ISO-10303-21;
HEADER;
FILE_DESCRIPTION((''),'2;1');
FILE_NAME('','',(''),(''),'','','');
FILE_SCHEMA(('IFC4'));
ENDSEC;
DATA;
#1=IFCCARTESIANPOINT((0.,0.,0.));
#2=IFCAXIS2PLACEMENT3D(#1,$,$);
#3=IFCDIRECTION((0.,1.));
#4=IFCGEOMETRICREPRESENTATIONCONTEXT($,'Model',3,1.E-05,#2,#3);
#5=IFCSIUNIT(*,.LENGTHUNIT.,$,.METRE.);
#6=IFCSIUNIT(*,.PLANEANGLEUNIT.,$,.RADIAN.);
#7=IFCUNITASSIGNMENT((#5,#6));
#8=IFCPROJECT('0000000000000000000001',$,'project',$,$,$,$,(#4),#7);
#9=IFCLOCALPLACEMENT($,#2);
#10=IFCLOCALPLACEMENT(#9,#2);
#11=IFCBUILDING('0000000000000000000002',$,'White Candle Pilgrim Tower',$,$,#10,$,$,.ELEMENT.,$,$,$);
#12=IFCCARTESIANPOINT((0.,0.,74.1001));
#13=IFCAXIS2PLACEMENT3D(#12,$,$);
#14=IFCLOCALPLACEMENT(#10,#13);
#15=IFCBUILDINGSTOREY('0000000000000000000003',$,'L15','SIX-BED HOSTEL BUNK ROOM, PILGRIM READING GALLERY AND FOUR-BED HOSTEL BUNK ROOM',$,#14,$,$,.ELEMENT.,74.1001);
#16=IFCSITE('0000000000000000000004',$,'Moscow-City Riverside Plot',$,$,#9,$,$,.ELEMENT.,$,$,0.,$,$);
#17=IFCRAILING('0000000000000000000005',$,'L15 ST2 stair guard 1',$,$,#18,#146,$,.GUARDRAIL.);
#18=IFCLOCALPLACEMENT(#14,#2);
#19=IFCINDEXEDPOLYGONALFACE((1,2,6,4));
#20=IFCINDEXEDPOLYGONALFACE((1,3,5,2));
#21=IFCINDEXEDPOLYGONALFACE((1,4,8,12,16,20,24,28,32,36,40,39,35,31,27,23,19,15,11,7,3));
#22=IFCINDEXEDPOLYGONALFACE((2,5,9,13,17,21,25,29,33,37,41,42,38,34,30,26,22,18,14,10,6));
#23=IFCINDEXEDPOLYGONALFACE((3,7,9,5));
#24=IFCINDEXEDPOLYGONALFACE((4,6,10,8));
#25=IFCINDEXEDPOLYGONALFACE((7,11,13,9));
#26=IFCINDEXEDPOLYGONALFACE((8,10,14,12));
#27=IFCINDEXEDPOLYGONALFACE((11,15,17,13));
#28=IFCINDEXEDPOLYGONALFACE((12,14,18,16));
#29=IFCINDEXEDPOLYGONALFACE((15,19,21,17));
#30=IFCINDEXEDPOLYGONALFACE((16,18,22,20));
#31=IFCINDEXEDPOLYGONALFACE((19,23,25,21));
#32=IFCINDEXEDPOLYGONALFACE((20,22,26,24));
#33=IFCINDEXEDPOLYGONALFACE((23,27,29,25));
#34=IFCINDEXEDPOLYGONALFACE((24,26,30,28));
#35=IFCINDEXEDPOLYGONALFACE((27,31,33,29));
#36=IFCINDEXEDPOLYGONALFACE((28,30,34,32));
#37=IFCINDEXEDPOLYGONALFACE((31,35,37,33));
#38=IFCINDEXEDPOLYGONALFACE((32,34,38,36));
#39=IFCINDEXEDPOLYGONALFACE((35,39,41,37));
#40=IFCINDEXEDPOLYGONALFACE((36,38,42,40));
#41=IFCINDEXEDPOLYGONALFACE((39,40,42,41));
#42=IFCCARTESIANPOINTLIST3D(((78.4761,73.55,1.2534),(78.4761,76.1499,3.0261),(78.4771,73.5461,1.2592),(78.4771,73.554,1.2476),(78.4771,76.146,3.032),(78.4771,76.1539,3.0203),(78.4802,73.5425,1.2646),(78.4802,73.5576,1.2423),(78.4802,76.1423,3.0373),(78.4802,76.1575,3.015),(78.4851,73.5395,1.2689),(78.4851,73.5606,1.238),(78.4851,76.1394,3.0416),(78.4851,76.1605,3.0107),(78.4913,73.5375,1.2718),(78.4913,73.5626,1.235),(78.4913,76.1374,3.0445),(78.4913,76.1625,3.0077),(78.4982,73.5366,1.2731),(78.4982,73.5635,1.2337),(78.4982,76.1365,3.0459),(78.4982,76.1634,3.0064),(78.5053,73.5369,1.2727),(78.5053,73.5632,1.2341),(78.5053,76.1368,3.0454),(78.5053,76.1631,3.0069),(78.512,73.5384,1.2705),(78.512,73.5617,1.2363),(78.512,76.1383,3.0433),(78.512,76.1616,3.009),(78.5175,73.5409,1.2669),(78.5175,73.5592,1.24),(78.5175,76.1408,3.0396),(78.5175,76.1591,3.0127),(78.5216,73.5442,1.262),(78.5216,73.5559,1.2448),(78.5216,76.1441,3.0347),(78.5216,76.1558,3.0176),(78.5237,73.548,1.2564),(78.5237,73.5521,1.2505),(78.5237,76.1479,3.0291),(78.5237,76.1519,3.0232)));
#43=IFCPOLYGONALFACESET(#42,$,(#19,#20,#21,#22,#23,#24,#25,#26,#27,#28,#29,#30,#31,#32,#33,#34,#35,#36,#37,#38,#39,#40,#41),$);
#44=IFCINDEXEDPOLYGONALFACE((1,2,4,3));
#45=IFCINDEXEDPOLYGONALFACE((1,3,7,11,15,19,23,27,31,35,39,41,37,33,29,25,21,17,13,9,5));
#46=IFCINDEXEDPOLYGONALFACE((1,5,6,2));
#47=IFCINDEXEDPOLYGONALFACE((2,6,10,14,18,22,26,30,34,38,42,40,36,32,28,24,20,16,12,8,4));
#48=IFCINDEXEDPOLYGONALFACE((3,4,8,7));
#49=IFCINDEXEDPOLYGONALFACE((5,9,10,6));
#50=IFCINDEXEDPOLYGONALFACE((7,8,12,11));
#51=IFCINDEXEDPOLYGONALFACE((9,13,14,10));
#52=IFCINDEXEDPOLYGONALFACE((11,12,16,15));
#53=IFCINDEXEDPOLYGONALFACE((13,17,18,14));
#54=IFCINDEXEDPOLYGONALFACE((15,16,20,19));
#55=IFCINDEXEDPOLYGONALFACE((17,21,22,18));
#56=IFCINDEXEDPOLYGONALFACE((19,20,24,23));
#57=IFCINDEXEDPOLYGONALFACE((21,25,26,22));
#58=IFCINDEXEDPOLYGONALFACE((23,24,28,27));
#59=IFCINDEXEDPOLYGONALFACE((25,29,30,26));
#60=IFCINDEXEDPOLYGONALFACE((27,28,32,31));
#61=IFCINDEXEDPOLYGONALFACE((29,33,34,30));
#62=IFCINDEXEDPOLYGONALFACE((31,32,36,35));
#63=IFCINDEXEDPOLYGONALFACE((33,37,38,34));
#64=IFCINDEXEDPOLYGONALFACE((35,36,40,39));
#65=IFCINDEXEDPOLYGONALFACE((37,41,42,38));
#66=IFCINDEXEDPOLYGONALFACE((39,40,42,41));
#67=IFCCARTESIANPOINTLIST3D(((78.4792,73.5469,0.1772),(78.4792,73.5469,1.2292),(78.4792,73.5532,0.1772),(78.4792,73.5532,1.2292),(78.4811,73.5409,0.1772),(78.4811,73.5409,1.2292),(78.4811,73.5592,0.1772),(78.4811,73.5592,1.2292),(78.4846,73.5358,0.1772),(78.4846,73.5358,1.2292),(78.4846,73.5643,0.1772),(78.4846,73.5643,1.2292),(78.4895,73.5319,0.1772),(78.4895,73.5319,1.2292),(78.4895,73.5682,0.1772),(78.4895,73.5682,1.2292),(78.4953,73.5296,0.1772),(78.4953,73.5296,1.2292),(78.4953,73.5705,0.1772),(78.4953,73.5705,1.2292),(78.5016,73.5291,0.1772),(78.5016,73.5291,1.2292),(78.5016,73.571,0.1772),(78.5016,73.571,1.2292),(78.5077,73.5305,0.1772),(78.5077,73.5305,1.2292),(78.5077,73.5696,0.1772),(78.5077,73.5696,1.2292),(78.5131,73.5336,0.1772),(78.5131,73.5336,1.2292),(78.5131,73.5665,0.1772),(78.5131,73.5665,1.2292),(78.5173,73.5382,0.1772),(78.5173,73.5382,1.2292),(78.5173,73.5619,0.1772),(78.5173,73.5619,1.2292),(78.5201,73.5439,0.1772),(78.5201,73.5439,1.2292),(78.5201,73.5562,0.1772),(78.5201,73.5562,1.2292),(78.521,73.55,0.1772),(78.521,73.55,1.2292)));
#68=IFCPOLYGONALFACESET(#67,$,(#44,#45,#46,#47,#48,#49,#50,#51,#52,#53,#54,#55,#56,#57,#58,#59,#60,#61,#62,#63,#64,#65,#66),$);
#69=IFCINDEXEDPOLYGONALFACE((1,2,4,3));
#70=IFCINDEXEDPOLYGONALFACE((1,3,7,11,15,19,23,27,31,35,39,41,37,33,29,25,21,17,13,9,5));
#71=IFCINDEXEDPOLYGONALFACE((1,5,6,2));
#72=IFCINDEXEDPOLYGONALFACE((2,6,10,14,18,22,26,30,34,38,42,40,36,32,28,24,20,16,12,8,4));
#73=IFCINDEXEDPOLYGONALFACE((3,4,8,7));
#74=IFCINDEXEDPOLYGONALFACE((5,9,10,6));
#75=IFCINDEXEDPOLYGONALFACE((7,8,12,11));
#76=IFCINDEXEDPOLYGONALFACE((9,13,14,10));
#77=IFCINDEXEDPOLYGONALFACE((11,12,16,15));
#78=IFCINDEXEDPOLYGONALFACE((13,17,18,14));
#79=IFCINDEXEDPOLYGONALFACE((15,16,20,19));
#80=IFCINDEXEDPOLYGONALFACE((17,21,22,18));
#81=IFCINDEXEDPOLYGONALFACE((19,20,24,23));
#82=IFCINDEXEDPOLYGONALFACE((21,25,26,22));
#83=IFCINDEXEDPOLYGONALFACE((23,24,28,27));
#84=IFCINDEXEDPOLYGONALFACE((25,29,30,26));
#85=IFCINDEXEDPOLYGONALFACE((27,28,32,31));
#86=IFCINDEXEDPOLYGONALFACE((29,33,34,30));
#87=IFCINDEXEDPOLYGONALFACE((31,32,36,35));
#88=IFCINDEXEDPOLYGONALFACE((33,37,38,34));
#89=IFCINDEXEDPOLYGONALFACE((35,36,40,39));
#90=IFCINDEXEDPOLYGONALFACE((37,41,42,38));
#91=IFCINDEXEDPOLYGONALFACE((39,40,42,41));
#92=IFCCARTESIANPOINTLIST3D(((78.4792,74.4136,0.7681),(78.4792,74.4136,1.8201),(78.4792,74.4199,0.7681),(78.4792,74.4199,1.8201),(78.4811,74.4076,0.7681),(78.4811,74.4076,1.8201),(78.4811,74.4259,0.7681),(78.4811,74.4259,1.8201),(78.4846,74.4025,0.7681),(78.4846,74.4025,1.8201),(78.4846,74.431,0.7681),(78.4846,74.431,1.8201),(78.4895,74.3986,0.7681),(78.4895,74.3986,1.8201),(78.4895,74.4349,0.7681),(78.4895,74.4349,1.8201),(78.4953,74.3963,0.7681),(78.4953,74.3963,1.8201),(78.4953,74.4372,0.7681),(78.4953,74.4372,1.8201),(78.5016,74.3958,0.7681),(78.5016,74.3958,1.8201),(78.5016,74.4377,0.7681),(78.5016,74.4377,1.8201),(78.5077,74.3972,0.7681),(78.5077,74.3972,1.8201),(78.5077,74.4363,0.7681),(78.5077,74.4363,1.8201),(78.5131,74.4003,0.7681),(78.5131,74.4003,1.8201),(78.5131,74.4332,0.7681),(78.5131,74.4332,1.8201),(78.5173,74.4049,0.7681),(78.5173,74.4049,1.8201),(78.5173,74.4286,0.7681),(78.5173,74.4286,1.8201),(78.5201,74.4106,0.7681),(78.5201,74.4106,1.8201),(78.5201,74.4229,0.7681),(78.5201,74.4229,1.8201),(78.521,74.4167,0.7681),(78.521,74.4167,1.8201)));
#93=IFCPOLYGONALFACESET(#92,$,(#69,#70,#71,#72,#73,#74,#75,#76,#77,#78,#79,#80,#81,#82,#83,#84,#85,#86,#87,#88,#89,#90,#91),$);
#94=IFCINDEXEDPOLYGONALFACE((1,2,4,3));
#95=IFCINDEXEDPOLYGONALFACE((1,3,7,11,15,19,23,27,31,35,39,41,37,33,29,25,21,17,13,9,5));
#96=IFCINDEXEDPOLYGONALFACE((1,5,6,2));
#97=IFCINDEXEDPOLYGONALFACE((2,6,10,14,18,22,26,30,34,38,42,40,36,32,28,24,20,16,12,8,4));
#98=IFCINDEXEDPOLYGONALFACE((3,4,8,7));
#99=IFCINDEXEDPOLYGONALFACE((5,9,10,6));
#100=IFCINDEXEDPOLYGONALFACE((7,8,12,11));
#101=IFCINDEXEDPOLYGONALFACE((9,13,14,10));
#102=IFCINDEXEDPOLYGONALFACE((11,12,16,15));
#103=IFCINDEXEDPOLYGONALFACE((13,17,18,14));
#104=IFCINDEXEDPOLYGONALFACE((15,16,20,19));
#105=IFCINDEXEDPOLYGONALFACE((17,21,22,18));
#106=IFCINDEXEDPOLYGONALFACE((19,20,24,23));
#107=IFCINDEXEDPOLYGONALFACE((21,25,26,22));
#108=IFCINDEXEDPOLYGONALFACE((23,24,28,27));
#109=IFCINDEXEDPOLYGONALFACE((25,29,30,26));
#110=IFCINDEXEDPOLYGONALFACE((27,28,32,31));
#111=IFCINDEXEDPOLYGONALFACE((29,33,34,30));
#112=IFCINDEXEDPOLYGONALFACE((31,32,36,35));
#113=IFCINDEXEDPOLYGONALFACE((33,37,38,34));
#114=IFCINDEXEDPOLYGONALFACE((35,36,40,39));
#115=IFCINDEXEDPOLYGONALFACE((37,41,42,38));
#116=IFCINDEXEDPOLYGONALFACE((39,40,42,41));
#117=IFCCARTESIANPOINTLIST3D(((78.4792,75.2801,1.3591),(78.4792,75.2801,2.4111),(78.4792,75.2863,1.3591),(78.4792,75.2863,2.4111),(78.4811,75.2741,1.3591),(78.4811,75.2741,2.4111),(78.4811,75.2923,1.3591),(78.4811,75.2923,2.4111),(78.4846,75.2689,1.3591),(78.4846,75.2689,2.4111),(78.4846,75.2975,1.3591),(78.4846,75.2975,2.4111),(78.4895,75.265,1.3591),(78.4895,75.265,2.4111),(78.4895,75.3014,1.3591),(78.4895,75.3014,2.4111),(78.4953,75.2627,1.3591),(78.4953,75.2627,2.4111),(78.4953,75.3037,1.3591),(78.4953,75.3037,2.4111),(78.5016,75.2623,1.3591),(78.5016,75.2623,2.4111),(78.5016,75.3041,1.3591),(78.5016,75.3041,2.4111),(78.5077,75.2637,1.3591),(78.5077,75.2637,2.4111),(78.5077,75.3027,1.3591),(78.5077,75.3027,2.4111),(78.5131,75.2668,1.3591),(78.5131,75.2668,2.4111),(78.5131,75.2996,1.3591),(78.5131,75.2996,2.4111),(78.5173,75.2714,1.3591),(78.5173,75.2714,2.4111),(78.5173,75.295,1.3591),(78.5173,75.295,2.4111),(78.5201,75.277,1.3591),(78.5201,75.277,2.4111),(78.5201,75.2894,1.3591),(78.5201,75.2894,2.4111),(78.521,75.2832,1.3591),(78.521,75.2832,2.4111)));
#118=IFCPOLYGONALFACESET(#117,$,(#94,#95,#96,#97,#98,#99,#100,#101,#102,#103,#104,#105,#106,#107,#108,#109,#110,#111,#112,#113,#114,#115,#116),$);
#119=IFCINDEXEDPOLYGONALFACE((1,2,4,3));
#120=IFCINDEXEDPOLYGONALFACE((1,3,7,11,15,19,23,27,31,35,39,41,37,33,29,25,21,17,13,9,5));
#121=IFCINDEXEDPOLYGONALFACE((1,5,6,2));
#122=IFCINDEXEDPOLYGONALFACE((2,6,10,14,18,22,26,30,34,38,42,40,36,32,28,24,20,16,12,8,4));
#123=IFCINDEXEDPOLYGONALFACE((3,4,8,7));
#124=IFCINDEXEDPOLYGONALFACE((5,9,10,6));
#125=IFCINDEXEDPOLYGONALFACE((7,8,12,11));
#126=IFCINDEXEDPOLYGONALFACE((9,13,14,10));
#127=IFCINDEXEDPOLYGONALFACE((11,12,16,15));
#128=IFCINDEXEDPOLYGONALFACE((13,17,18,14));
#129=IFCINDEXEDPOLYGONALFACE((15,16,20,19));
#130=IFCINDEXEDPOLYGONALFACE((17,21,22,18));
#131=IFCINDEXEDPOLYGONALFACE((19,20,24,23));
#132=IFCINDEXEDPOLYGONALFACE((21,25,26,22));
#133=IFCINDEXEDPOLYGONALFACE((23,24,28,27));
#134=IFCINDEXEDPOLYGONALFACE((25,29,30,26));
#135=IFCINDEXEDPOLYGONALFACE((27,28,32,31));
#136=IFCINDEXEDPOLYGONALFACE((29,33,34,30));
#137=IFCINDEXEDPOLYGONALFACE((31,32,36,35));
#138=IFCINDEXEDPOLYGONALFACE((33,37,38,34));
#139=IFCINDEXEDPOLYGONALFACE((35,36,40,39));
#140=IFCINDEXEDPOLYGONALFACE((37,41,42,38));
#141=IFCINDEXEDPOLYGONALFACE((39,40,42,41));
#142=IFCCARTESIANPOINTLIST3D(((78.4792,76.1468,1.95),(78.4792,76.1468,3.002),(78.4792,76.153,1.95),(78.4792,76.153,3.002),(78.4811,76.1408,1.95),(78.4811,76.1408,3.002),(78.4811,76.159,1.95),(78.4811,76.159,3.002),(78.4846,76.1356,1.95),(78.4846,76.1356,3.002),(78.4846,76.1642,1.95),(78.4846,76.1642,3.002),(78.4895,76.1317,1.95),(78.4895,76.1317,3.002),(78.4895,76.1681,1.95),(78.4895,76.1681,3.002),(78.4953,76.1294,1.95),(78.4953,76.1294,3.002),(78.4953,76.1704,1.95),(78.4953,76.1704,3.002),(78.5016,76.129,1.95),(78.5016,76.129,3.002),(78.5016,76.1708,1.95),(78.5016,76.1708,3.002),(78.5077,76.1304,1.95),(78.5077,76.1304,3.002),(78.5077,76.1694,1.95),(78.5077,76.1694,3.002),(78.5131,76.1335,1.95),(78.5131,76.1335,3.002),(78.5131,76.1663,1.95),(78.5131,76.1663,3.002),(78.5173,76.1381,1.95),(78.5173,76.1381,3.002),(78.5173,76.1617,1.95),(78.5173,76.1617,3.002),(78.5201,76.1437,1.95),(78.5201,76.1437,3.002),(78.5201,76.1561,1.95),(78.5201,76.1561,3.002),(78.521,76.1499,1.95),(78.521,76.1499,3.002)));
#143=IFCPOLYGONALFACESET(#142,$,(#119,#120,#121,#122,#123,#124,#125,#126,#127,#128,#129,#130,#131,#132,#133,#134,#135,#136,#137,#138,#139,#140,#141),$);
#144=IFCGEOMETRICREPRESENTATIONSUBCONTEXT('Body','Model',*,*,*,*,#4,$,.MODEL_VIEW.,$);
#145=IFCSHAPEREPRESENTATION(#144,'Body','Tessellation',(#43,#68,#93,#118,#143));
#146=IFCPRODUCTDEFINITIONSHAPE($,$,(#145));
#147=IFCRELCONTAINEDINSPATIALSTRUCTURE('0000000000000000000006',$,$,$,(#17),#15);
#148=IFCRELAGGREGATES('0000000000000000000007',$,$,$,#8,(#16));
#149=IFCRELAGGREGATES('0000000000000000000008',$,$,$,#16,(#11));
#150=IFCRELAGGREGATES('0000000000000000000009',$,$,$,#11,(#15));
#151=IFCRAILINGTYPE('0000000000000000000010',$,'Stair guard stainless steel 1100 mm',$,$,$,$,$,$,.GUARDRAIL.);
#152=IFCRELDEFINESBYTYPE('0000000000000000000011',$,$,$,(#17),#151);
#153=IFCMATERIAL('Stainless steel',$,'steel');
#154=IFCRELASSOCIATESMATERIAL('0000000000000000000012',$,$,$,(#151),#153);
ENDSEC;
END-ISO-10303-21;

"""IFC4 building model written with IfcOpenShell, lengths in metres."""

from ifc_helpers import new_model, si_unit, direction, frame, origin, origin_2d, place, context, subcontext, project, spatial, circle, extrude, material, type_object, element, save


model = new_model("IFC4")

# Units and contexts
model_context = context("Model", 3, precision=1e-05, world=origin(), true_north=direction((0.0, 1.0)))
body_context = subcontext(model_context, "Body", "Model", "MODEL_VIEW")
ifc_project = project(units=[si_unit("LENGTHUNIT", "METRE"), si_unit("PLANEANGLEUNIT", "RADIAN")], contexts=[model_context])

# Site, building, storey
site_placement = place(None, origin())
site = spatial("IfcSite", under=ifc_project, at=site_placement, Name="Moscow-City Riverside Plot", CompositionType="ELEMENT", RefElevation=0.0)
building_placement = place(site_placement, origin())
building = spatial("IfcBuilding", under=site, at=building_placement, Name="White Candle Pilgrim Tower", CompositionType="ELEMENT")
storey_placement = place(building_placement, frame((0.0, 0.0, 74.1001)))
storey = spatial("IfcBuildingStorey", under=building, at=storey_placement, Name="L15", Description="SIX-BED HOSTEL BUNK ROOM, PILGRIM READING GALLERY AND FOUR-BED HOSTEL BUNK ROOM", CompositionType="ELEMENT", Elevation=74.1001)

# Railing
ifc_material_1 = material(Name="Stainless steel", Category="steel")
railing_type_1 = type_object("IfcRailingType", Name="Stair guard stainless steel 1100 mm", PredefinedType="GUARDRAIL", material=ifc_material_1)
railing_1_placement = place(storey_placement, frame((78.5, 73.55, 0.1772)))
element("IfcRailing", 1, at=railing_1_placement, inside=storey, type_object=railing_type_1, Name="L15 ST2 stair guard 1", PredefinedType="GUARDRAIL", context=body_context, shape_type="SweptSolid", body=[
    extrude(circle(Radius=0.0239, at=origin_2d()), frame((0.0, 0.0, 1.0762), z_axis=(0.0, 0.826216, 0.563354), x_axis=(-1.0, 0.0, 0.0)), (0.0, 0.0, 1.0), 3.1467),
    extrude(circle(Radius=0.021, at=origin_2d()), origin(), (0.0, 0.0, 1.0), 1.052),
    extrude(circle(Radius=0.021, at=origin_2d()), frame((0.0, 0.8667, 0.5908)), (0.0, 0.0, 1.0), 1.052),
    extrude(circle(Radius=0.021, at=origin_2d()), frame((0.0, 1.7332, 1.1819)), (0.0, 0.0, 1.0), 1.052),
    extrude(circle(Radius=0.021, at=origin_2d()), frame((0.0, 2.5999, 1.7727)), (0.0, 0.0, 1.0), 1.052),
])

save(model, "model.ifc")
